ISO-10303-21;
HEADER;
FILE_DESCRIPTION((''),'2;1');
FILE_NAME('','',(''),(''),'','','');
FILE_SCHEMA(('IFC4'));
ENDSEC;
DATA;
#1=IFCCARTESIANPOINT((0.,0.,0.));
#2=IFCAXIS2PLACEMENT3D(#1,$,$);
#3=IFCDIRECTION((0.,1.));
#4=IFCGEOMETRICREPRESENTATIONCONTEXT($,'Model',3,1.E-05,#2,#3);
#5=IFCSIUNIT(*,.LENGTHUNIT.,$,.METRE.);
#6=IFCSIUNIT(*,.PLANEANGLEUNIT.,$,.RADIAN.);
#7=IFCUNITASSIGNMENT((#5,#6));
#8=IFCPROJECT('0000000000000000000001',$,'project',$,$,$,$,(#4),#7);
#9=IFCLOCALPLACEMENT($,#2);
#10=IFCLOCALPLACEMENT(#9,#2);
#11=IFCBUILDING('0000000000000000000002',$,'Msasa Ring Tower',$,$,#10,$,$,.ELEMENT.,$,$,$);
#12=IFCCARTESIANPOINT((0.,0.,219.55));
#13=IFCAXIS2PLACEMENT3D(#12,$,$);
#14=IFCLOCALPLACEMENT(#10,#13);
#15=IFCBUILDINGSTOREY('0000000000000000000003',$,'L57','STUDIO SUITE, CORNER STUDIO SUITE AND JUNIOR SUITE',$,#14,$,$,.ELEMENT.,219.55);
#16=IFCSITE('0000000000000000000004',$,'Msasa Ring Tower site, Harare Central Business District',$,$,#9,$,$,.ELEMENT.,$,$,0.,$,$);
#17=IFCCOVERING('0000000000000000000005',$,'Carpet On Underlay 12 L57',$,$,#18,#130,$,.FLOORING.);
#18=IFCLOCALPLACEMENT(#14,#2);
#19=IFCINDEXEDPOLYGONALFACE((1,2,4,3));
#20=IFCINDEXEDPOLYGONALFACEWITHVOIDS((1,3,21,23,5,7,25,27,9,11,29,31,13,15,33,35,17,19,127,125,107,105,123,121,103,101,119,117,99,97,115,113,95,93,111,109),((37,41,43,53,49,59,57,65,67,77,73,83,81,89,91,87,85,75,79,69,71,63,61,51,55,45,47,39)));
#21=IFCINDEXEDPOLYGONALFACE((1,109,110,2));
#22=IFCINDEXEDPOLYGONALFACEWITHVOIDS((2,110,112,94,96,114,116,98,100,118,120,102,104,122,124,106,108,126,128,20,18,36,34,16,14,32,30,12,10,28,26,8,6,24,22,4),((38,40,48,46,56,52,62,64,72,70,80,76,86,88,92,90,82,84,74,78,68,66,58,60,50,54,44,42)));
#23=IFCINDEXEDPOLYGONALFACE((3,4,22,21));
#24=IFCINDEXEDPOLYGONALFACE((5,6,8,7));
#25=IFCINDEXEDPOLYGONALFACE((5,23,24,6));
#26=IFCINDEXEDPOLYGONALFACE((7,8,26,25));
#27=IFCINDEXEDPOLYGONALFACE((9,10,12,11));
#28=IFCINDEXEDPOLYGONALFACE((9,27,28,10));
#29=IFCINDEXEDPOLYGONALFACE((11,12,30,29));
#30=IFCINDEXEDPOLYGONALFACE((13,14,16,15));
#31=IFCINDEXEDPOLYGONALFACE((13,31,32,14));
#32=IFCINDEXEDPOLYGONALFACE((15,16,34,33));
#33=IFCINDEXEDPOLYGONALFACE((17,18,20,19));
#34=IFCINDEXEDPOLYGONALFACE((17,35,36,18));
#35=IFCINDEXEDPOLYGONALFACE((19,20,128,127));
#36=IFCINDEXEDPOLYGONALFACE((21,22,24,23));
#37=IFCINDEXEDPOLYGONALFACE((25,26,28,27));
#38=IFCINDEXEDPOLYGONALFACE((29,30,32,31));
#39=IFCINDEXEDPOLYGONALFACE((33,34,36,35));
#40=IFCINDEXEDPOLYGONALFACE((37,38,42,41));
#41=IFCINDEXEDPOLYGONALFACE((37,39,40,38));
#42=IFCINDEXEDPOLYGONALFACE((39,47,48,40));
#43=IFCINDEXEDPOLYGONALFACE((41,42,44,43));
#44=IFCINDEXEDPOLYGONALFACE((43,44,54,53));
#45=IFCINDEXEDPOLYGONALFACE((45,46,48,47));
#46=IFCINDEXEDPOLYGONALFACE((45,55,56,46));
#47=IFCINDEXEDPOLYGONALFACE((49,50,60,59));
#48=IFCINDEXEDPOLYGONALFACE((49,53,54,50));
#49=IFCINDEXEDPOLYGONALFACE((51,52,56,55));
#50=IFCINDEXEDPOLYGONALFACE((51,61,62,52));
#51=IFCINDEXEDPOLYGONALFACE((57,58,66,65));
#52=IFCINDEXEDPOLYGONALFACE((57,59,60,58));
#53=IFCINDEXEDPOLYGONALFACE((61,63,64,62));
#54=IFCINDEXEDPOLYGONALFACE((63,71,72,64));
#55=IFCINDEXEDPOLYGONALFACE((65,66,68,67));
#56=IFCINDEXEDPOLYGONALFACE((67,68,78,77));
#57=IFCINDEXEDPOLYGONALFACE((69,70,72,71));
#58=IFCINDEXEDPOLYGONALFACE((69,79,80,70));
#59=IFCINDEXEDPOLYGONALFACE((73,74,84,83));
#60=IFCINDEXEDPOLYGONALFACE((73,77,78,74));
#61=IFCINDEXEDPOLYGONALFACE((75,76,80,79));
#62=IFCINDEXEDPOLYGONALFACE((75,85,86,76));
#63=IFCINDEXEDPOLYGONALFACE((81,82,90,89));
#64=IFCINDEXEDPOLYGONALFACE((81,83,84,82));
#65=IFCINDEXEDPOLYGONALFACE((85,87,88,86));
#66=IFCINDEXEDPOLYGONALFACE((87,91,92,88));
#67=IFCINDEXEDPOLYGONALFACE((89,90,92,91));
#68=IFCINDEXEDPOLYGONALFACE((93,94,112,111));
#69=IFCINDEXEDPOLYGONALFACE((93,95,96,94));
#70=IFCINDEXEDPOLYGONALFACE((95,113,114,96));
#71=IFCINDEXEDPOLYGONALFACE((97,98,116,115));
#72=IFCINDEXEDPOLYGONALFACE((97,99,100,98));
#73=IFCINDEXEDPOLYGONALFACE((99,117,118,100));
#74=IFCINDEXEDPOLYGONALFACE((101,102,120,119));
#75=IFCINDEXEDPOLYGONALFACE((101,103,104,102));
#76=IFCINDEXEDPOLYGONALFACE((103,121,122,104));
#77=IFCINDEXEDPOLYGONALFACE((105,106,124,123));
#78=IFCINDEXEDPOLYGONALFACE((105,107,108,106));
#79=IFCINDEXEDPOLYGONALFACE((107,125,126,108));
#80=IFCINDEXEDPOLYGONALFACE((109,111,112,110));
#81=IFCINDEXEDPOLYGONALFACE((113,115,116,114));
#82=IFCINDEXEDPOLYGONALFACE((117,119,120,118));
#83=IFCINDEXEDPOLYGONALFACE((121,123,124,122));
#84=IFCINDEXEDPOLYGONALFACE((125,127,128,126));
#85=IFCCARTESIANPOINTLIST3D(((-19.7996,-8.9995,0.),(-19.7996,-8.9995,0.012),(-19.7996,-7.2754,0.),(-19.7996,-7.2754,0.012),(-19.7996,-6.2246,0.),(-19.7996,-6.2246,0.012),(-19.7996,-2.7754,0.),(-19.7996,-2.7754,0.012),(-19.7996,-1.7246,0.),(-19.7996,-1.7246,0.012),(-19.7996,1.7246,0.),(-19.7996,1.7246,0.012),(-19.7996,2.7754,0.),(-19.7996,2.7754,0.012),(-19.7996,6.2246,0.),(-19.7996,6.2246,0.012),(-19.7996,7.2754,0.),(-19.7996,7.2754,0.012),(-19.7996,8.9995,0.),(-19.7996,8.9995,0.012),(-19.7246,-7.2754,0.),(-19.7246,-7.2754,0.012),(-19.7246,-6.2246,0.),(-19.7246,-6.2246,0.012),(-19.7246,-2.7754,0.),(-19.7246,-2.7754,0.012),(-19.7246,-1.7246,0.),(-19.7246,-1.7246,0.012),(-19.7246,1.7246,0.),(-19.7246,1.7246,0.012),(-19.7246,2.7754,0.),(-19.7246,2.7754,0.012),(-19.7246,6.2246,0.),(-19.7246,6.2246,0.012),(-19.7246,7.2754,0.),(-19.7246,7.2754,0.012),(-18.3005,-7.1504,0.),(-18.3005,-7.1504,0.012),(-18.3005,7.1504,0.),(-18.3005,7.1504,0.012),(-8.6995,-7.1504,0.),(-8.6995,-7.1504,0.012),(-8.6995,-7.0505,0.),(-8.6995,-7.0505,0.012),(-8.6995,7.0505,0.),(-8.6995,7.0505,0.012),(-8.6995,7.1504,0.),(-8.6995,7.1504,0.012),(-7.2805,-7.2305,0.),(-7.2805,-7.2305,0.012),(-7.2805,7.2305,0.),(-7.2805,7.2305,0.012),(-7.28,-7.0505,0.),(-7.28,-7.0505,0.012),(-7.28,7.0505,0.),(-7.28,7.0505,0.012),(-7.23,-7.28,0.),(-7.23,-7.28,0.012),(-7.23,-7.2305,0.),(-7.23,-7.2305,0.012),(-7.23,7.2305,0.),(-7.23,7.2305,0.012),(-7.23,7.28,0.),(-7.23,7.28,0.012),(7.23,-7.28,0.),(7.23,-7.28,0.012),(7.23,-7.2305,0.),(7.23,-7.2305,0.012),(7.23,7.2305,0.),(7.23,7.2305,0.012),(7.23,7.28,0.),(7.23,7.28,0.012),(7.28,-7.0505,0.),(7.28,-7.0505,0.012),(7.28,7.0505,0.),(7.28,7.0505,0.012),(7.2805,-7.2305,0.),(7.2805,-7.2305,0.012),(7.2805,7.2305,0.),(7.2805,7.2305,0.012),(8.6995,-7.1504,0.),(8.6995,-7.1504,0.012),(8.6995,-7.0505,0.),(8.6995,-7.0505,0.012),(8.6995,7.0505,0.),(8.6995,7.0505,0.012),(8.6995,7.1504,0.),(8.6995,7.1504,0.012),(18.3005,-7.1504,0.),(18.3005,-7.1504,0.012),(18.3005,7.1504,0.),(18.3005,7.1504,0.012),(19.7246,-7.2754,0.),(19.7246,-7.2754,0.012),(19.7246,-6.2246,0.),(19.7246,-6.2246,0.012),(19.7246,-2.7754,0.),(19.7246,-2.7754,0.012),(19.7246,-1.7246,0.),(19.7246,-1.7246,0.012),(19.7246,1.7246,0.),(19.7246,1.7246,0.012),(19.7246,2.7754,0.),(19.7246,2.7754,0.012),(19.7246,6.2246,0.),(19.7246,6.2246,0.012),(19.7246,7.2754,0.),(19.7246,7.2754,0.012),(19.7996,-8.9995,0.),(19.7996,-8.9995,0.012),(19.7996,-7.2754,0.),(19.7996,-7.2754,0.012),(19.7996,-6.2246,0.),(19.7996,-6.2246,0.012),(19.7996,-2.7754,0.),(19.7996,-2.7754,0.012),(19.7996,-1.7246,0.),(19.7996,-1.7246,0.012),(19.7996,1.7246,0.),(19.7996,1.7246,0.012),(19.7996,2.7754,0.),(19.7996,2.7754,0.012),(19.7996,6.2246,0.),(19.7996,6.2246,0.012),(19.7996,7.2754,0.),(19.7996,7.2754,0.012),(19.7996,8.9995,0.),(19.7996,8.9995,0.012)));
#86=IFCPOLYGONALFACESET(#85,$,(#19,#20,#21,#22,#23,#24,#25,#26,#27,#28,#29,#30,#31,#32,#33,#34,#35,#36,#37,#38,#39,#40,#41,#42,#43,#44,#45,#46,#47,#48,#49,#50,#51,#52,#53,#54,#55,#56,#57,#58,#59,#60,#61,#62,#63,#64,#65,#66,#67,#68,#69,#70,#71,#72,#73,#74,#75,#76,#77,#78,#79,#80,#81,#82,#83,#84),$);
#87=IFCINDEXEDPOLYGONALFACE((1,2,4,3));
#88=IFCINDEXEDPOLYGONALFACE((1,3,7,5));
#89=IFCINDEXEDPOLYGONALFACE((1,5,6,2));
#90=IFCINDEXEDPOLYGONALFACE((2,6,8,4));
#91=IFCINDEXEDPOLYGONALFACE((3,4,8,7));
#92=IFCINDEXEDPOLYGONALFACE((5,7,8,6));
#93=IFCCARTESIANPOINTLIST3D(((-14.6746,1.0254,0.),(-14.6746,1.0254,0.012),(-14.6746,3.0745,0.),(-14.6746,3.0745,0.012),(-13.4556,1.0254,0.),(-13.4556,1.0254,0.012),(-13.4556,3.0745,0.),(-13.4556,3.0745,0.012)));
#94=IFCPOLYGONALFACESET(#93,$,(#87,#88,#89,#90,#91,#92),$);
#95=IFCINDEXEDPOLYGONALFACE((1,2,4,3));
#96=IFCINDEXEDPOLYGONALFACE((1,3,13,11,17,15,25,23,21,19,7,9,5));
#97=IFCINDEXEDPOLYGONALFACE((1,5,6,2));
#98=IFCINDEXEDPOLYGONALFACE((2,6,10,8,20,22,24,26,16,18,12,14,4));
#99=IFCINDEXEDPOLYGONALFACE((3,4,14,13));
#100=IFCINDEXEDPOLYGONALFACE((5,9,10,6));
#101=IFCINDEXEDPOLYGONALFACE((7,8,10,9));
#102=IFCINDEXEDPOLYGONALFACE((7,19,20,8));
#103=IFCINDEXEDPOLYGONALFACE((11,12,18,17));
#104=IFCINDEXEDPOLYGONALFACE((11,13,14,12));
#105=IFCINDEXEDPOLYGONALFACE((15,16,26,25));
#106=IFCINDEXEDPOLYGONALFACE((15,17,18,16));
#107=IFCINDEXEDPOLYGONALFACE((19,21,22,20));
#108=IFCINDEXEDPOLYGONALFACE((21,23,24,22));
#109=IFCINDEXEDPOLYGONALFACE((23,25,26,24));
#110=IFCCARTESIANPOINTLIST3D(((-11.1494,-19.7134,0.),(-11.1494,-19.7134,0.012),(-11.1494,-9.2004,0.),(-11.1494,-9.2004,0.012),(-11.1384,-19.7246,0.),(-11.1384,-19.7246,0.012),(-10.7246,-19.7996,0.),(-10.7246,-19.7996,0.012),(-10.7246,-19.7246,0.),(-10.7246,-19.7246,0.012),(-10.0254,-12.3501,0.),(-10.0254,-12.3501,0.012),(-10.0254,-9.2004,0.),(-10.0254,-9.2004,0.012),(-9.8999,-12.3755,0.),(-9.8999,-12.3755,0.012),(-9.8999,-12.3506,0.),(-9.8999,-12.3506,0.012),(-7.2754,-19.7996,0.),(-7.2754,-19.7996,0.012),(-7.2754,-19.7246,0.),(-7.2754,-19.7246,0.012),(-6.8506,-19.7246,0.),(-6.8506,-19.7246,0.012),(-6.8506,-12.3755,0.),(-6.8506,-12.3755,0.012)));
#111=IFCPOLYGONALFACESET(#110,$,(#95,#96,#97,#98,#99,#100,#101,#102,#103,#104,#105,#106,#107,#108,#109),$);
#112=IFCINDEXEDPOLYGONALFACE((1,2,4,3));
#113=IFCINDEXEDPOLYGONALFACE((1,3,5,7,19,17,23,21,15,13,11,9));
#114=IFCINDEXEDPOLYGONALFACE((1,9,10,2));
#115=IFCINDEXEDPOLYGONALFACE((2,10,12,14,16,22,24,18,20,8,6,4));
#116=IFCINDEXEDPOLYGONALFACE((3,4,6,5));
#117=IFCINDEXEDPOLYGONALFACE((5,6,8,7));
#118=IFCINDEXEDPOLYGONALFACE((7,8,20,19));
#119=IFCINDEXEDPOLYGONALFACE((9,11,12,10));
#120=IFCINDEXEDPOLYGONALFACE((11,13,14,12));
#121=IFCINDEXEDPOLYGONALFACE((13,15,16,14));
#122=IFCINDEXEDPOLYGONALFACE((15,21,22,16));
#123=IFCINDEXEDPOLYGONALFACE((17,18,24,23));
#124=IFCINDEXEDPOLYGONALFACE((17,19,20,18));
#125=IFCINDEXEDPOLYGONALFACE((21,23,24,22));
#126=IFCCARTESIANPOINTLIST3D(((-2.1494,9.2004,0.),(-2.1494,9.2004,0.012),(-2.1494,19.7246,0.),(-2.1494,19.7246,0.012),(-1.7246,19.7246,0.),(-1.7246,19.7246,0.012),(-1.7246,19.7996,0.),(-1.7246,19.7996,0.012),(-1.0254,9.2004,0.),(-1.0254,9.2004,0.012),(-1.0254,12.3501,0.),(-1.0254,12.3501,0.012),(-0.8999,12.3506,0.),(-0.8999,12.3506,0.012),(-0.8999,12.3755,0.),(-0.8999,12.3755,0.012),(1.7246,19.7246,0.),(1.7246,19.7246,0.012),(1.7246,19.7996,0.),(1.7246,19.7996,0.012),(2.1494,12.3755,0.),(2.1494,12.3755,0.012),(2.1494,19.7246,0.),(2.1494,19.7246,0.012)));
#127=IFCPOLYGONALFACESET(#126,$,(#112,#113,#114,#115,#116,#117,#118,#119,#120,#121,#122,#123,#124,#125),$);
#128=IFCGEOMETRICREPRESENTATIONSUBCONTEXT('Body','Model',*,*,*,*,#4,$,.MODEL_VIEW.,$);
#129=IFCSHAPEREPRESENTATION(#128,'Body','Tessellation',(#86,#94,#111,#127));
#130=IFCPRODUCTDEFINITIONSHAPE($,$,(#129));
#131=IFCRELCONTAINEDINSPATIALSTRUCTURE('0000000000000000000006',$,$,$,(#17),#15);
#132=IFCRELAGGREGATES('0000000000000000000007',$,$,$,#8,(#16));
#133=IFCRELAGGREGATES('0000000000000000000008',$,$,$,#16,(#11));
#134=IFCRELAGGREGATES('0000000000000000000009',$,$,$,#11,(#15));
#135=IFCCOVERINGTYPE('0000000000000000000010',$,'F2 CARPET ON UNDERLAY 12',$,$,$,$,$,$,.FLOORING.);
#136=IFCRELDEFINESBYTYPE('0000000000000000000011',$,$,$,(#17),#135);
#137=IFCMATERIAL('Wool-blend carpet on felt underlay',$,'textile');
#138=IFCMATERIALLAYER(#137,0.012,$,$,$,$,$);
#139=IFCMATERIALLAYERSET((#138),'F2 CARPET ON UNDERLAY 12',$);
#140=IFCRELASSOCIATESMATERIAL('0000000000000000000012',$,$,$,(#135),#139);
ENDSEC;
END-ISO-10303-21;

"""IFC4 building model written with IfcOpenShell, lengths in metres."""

from ifc_helpers import new_model, si_unit, direction, frame, origin, place, context, subcontext, project, spatial, line, indexed_curve, outline, extrude, material, layer, layer_set, type_object, element, save


model = new_model("IFC4")

# Units and contexts
model_context = context("Model", 3, precision=1e-05, world=origin(), true_north=direction((0.0, 1.0)))
body_context = subcontext(model_context, "Body", "Model", "MODEL_VIEW")
ifc_project = project(units=[si_unit("LENGTHUNIT", "METRE"), si_unit("PLANEANGLEUNIT", "RADIAN")], contexts=[model_context])

# Site, building, storey
site_placement = place(None, origin())
site = spatial("IfcSite", under=ifc_project, at=site_placement, Name="Msasa Ring Tower site, Harare Central Business District", CompositionType="ELEMENT", RefElevation=0.0)
building_placement = place(site_placement, origin())
building = spatial("IfcBuilding", under=site, at=building_placement, Name="Msasa Ring Tower", CompositionType="ELEMENT")
storey_placement = place(building_placement, frame((0.0, 0.0, 219.55)))
storey = spatial("IfcBuildingStorey", under=building, at=storey_placement, Name="L57", Description="STUDIO SUITE, CORNER STUDIO SUITE AND JUNIOR SUITE", CompositionType="ELEMENT", Elevation=219.55)

# Covering
ifc_material_1 = material(Name="Wool-blend carpet on felt underlay", Category="textile")
ifc_layer_1 = layer(ifc_material_1, 0.012)
ifc_layer_set_1 = layer_set([ifc_layer_1], Name="F2 CARPET ON UNDERLAY 12")
covering_type_1 = type_object("IfcCoveringType", Name="F2 CARPET ON UNDERLAY 12", PredefinedType="FLOORING", material=ifc_layer_set_1)
covering_1_placement = place(storey_placement, origin())
element("IfcCovering", 1, at=covering_1_placement, inside=storey, type_object=covering_type_1, Name="Carpet On Underlay 12 L57", PredefinedType="FLOORING", context=body_context, shape_type="SweptSolid", body=[
    extrude(outline(indexed_curve([(19.7996, 7.2754), (19.7246, 7.2754), (19.7246, 6.2246), (19.7996, 6.2246), (19.7996, 2.7754), (19.7246, 2.7754), (19.7246, 1.7246), (19.7996, 1.7246), (19.7996, -1.7246), (19.7246, -1.7246), (19.7246, -2.7754), (19.7996, -2.7754), (19.7996, -6.2246), (19.7246, -6.2246), (19.7246, -7.2754), (19.7996, -7.2754), (19.7996, -8.9995), (-19.7996, -8.9995), (-19.7996, -7.2754), (-19.7246, -7.2754), (-19.7246, -6.2246), (-19.7996, -6.2246), (-19.7996, -2.7754), (-19.7246, -2.7754), (-19.7246, -1.7246), (-19.7996, -1.7246), (-19.7996, 1.7246), (-19.7246, 1.7246), (-19.7246, 2.7754), (-19.7996, 2.7754), (-19.7996, 6.2246), (-19.7246, 6.2246), (-19.7246, 7.2754), (-19.7996, 7.2754), (-19.7996, 8.9995), (19.7996, 8.9995)], segments=[line(1, 2, 3, 4, 5, 6, 7, 8, 9, 10, 11, 12, 13, 14, 15, 16, 17, 18, 19, 20, 21, 22, 23, 24, 25, 26, 27, 28, 29, 30, 31, 32, 33, 34, 35, 36, 1)], self_intersect=False), holes=[indexed_curve([(8.6995, -7.1504), (18.3005, -7.1504), (18.3005, 7.1504), (8.6995, 7.1504), (8.6995, 7.0505), (7.28, 7.0505), (7.2805, 7.2305), (7.23, 7.2305), (7.23, 7.28), (-7.23, 7.28), (-7.23, 7.2305), (-7.2805, 7.2305), (-7.28, 7.0505), (-8.6995, 7.0505), (-8.6995, 7.1504), (-18.3005, 7.1504), (-18.3005, -7.1504), (-8.6995, -7.1504), (-8.6995, -7.0505), (-7.28, -7.0505), (-7.2805, -7.2305), (-7.23, -7.2305), (-7.23, -7.28), (7.23, -7.28), (7.23, -7.2305), (7.2805, -7.2305), (7.28, -7.0505), (8.6995, -7.0505)], segments=[line(1, 2, 3, 4, 5, 6, 7, 8, 9, 10, 11, 12, 13, 14, 15, 16, 17, 18, 19, 20, 21, 22, 23, 24, 25, 26, 27, 28, 1)], self_intersect=False)]), origin(), (0.0, 0.0, 1.0), 0.012),
    extrude(outline(indexed_curve([(-14.6746, 3.0745), (-13.4556, 3.0745), (-13.4556, 1.0254), (-14.6746, 1.0254)], segments=[line(1, 2, 3, 4, 1)], self_intersect=False)), origin(), (0.0, 0.0, 1.0), 0.012),
    extrude(outline(indexed_curve([(-10.7246, -19.7996), (-10.7246, -19.7246), (-11.1384, -19.7246), (-11.1494, -19.7134), (-11.1494, -9.2004), (-10.0254, -9.2004), (-10.0254, -12.3501), (-9.8999, -12.3506), (-9.8999, -12.3755), (-6.8506, -12.3755), (-6.8506, -19.7246), (-7.2754, -19.7246), (-7.2754, -19.7996)], segments=[line(1, 2, 3, 4, 5, 6, 7, 8, 9, 10, 11, 12, 13, 1)], self_intersect=False)), origin(), (0.0, 0.0, 1.0), 0.012),
    extrude(outline(indexed_curve([(-0.8999, 12.3506), (-1.0254, 12.3501), (-1.0254, 9.2004), (-2.1494, 9.2004), (-2.1494, 19.7246), (-1.7246, 19.7246), (-1.7246, 19.7996), (1.7246, 19.7996), (1.7246, 19.7246), (2.1494, 19.7246), (2.1494, 12.3755), (-0.8999, 12.3755)], segments=[line(1, 2, 3, 4, 5, 6, 7, 8, 9, 10, 11, 12, 1)], self_intersect=False)), origin(), (0.0, 0.0, 1.0), 0.012),
])

save(model, "model.ifc")
